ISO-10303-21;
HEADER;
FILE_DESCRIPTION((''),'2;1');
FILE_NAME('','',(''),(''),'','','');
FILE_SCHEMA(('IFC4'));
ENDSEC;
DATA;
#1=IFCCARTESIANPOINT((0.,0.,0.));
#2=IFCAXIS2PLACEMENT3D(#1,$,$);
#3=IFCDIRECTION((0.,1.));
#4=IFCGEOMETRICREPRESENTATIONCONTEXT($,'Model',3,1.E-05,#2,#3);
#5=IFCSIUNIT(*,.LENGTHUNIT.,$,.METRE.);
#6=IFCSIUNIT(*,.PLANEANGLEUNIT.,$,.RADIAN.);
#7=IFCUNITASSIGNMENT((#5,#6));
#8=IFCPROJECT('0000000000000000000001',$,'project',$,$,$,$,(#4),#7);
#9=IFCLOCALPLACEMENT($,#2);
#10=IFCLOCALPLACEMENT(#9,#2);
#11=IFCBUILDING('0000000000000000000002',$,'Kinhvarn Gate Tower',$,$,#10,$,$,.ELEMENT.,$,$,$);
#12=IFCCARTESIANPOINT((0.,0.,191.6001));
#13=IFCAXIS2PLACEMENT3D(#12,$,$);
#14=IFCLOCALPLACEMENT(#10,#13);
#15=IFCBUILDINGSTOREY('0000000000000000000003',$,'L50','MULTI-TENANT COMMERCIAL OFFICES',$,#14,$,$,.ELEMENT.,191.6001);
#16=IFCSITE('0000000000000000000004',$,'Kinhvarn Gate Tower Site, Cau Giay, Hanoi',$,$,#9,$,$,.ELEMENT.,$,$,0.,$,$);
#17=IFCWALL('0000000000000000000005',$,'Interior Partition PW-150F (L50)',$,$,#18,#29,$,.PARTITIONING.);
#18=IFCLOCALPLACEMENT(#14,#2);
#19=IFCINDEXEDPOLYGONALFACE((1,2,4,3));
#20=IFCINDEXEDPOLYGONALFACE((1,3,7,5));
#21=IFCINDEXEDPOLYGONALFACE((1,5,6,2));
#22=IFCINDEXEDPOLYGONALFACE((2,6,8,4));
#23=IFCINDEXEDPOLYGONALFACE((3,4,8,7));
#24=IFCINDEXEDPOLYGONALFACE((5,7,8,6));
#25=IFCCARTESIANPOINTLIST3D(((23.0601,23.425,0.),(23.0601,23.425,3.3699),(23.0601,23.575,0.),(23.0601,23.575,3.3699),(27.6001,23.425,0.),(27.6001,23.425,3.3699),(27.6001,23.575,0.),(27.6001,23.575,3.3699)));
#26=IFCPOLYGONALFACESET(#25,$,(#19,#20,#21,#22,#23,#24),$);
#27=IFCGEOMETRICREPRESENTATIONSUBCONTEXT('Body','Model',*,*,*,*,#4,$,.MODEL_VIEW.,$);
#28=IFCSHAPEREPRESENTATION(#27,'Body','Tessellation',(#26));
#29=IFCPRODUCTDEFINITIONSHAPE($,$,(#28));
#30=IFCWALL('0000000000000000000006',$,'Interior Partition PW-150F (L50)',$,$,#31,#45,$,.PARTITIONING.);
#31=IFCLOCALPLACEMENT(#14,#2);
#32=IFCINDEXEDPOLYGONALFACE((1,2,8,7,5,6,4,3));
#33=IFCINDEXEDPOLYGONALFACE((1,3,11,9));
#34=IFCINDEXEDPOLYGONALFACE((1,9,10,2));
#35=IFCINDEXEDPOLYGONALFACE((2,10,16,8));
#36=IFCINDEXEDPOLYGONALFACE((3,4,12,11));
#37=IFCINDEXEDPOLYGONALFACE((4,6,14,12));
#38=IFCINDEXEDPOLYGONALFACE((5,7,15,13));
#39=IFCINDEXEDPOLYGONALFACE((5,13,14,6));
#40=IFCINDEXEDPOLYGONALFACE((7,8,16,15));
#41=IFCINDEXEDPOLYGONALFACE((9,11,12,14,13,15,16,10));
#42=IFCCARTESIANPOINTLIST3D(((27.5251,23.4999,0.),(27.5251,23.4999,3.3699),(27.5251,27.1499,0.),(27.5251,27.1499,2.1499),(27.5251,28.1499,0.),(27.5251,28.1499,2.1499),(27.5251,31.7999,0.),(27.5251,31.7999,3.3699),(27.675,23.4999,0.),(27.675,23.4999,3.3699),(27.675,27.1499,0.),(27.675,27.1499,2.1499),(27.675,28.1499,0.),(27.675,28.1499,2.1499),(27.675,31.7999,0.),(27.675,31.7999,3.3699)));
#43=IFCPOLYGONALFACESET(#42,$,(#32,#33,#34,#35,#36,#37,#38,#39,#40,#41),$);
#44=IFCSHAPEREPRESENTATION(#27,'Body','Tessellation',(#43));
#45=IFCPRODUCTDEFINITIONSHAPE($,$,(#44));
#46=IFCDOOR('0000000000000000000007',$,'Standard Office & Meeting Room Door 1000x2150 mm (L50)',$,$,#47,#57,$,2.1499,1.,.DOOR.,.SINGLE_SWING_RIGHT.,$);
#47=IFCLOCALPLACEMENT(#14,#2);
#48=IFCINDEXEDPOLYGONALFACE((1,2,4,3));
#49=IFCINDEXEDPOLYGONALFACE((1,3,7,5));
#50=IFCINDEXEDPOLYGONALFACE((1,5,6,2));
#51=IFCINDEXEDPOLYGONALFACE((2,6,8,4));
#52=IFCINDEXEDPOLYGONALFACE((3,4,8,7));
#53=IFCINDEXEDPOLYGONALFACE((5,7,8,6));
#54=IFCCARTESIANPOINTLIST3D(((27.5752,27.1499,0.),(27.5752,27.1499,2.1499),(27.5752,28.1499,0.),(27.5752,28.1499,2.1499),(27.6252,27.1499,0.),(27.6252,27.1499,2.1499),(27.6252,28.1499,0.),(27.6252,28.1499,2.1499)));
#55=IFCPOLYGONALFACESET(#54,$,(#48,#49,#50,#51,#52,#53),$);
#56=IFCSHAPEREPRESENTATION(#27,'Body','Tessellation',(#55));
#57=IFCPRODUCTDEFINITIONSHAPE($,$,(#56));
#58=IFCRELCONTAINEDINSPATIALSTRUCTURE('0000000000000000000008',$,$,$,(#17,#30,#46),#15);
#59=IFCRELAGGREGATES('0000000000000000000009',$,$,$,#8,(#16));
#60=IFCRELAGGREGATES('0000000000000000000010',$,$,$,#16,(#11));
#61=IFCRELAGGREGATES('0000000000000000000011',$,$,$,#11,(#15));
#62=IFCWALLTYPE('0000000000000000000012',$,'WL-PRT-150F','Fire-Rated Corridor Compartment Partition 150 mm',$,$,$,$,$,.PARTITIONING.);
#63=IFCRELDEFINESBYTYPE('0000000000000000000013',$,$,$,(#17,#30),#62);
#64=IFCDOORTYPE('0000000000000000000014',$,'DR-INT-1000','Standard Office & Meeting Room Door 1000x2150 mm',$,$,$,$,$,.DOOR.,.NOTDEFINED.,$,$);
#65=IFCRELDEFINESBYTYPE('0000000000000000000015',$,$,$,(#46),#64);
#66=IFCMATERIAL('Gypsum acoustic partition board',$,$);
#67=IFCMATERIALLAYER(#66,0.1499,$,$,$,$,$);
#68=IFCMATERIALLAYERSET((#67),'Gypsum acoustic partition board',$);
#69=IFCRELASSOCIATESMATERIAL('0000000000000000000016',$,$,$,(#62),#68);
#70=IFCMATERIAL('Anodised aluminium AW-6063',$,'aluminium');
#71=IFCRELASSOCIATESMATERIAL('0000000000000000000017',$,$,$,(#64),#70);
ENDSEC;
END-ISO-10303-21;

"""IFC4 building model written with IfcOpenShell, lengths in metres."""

from ifc_helpers import new_model, si_unit, direction, frame, frame_2d, origin, place, context, subcontext, project, spatial, rectangle, extrude, material, layer, layer_set, type_object, element, fill, save


model = new_model("IFC4")

# Units and contexts
model_context = context("Model", 3, precision=1e-05, world=origin(), true_north=direction((0.0, 1.0)))
body_context = subcontext(model_context, "Body", "Model", "MODEL_VIEW")
ifc_project = project(units=[si_unit("LENGTHUNIT", "METRE"), si_unit("PLANEANGLEUNIT", "RADIAN")], contexts=[model_context])

# Site, building, storey
site_placement = place(None, origin())
site = spatial("IfcSite", under=ifc_project, at=site_placement, Name="Kinhvarn Gate Tower Site, Cau Giay, Hanoi", CompositionType="ELEMENT", RefElevation=0.0)
building_placement = place(site_placement, origin())
building = spatial("IfcBuilding", under=site, at=building_placement, Name="Kinhvarn Gate Tower", CompositionType="ELEMENT")
storey_placement = place(building_placement, frame((0.0, 0.0, 191.6001)))
storey = spatial("IfcBuildingStorey", under=building, at=storey_placement, Name="L50", Description="MULTI-TENANT COMMERCIAL OFFICES", CompositionType="ELEMENT", Elevation=191.6001)

# Shared definitions
ifc_material_1 = material(Name="Gypsum acoustic partition board")

# Shared definitions
ifc_material_2 = material(Name="Anodised aluminium AW-6063", Category="aluminium")

# Wall
ifc_layer_1 = layer(ifc_material_1, 0.1499)
ifc_layer_set_1 = layer_set([ifc_layer_1], Name="Gypsum acoustic partition board")
wall_type_1 = type_object("IfcWallType", Name="WL-PRT-150F", Description="Fire-Rated Corridor Compartment Partition 150 mm", PredefinedType="PARTITIONING", material=ifc_layer_set_1)
wall_1_placement = place(storey_placement, frame((23.0601, 23.5, 0.0), z_axis=(0.0, 0.0, 1.0), x_axis=(1.0, 0.0, 0.0)))
element("IfcWall", 1, at=wall_1_placement, inside=storey, type_object=wall_type_1, Name="Interior Partition PW-150F (L50)", PredefinedType="PARTITIONING", context=body_context, shape_type="SweptSolid", body=[
    extrude(rectangle(XDim=4.54, YDim=0.1499, at=frame_2d((2.27, 0.0))), origin(), (0.0, 0.0, 1.0), 3.3699),
])

# Wall, opening, door
wall_2_placement = place(storey_placement, frame((27.6001, 23.5, 0.0), z_axis=(0.0, 0.0, 1.0), x_axis=(0.0, 1.0, 0.0)))
wall_2 = element("IfcWall", 2, at=wall_2_placement, inside=storey, type_object=wall_type_1, Name="Interior Partition PW-150F (L50)", PredefinedType="PARTITIONING", context=body_context, shape_type="SweptSolid", body=[
    extrude(rectangle(XDim=8.3, YDim=0.1499, at=frame_2d((4.1499, 0.0))), origin(), (0.0, 0.0, 1.0), 3.3699),
])
opening_1_placement = place(wall_2_placement, frame((3.6499, 0.0, 0.0)))
opening_1 = element("IfcOpeningElement", 3, at=opening_1_placement, cuts=wall_2, PredefinedType="OPENING", context=body_context, shape_type="SweptSolid", body=[
    extrude(rectangle(XDim=1.0, YDim=2.1499, at=frame_2d((0.5, 1.075))), frame((0.0, 0.085, 0.0), z_axis=(0.0, -1.0, 0.0), x_axis=(1.0, 0.0, 0.0)), (0.0, 0.0, 1.0), 0.1699),
])
door_type_1 = type_object("IfcDoorType", Name="DR-INT-1000", Description="Standard Office & Meeting Room Door 1000x2150 mm", OperationType="NOTDEFINED", PredefinedType="DOOR", material=ifc_material_2)
door_1_placement = place(opening_1_placement, origin())
door_1 = element("IfcDoor", 4, at=door_1_placement, inside=storey, type_object=door_type_1, Name="Standard Office & Meeting Room Door 1000x2150 mm (L50)", OperationType="SINGLE_SWING_RIGHT", OverallHeight=2.1499, OverallWidth=1.0, PredefinedType="DOOR", context=body_context, shape_type="SweptSolid", body=[
    extrude(rectangle(XDim=1.0, YDim=2.1499, at=frame_2d((0.5, 1.075))), frame((0.0, 0.0249, 0.0), z_axis=(0.0, -1.0, 0.0), x_axis=(1.0, 0.0, 0.0)), (0.0, 0.0, 1.0), 0.05),
])
fill(opening_1, door_1)

save(model, "model.ifc")
